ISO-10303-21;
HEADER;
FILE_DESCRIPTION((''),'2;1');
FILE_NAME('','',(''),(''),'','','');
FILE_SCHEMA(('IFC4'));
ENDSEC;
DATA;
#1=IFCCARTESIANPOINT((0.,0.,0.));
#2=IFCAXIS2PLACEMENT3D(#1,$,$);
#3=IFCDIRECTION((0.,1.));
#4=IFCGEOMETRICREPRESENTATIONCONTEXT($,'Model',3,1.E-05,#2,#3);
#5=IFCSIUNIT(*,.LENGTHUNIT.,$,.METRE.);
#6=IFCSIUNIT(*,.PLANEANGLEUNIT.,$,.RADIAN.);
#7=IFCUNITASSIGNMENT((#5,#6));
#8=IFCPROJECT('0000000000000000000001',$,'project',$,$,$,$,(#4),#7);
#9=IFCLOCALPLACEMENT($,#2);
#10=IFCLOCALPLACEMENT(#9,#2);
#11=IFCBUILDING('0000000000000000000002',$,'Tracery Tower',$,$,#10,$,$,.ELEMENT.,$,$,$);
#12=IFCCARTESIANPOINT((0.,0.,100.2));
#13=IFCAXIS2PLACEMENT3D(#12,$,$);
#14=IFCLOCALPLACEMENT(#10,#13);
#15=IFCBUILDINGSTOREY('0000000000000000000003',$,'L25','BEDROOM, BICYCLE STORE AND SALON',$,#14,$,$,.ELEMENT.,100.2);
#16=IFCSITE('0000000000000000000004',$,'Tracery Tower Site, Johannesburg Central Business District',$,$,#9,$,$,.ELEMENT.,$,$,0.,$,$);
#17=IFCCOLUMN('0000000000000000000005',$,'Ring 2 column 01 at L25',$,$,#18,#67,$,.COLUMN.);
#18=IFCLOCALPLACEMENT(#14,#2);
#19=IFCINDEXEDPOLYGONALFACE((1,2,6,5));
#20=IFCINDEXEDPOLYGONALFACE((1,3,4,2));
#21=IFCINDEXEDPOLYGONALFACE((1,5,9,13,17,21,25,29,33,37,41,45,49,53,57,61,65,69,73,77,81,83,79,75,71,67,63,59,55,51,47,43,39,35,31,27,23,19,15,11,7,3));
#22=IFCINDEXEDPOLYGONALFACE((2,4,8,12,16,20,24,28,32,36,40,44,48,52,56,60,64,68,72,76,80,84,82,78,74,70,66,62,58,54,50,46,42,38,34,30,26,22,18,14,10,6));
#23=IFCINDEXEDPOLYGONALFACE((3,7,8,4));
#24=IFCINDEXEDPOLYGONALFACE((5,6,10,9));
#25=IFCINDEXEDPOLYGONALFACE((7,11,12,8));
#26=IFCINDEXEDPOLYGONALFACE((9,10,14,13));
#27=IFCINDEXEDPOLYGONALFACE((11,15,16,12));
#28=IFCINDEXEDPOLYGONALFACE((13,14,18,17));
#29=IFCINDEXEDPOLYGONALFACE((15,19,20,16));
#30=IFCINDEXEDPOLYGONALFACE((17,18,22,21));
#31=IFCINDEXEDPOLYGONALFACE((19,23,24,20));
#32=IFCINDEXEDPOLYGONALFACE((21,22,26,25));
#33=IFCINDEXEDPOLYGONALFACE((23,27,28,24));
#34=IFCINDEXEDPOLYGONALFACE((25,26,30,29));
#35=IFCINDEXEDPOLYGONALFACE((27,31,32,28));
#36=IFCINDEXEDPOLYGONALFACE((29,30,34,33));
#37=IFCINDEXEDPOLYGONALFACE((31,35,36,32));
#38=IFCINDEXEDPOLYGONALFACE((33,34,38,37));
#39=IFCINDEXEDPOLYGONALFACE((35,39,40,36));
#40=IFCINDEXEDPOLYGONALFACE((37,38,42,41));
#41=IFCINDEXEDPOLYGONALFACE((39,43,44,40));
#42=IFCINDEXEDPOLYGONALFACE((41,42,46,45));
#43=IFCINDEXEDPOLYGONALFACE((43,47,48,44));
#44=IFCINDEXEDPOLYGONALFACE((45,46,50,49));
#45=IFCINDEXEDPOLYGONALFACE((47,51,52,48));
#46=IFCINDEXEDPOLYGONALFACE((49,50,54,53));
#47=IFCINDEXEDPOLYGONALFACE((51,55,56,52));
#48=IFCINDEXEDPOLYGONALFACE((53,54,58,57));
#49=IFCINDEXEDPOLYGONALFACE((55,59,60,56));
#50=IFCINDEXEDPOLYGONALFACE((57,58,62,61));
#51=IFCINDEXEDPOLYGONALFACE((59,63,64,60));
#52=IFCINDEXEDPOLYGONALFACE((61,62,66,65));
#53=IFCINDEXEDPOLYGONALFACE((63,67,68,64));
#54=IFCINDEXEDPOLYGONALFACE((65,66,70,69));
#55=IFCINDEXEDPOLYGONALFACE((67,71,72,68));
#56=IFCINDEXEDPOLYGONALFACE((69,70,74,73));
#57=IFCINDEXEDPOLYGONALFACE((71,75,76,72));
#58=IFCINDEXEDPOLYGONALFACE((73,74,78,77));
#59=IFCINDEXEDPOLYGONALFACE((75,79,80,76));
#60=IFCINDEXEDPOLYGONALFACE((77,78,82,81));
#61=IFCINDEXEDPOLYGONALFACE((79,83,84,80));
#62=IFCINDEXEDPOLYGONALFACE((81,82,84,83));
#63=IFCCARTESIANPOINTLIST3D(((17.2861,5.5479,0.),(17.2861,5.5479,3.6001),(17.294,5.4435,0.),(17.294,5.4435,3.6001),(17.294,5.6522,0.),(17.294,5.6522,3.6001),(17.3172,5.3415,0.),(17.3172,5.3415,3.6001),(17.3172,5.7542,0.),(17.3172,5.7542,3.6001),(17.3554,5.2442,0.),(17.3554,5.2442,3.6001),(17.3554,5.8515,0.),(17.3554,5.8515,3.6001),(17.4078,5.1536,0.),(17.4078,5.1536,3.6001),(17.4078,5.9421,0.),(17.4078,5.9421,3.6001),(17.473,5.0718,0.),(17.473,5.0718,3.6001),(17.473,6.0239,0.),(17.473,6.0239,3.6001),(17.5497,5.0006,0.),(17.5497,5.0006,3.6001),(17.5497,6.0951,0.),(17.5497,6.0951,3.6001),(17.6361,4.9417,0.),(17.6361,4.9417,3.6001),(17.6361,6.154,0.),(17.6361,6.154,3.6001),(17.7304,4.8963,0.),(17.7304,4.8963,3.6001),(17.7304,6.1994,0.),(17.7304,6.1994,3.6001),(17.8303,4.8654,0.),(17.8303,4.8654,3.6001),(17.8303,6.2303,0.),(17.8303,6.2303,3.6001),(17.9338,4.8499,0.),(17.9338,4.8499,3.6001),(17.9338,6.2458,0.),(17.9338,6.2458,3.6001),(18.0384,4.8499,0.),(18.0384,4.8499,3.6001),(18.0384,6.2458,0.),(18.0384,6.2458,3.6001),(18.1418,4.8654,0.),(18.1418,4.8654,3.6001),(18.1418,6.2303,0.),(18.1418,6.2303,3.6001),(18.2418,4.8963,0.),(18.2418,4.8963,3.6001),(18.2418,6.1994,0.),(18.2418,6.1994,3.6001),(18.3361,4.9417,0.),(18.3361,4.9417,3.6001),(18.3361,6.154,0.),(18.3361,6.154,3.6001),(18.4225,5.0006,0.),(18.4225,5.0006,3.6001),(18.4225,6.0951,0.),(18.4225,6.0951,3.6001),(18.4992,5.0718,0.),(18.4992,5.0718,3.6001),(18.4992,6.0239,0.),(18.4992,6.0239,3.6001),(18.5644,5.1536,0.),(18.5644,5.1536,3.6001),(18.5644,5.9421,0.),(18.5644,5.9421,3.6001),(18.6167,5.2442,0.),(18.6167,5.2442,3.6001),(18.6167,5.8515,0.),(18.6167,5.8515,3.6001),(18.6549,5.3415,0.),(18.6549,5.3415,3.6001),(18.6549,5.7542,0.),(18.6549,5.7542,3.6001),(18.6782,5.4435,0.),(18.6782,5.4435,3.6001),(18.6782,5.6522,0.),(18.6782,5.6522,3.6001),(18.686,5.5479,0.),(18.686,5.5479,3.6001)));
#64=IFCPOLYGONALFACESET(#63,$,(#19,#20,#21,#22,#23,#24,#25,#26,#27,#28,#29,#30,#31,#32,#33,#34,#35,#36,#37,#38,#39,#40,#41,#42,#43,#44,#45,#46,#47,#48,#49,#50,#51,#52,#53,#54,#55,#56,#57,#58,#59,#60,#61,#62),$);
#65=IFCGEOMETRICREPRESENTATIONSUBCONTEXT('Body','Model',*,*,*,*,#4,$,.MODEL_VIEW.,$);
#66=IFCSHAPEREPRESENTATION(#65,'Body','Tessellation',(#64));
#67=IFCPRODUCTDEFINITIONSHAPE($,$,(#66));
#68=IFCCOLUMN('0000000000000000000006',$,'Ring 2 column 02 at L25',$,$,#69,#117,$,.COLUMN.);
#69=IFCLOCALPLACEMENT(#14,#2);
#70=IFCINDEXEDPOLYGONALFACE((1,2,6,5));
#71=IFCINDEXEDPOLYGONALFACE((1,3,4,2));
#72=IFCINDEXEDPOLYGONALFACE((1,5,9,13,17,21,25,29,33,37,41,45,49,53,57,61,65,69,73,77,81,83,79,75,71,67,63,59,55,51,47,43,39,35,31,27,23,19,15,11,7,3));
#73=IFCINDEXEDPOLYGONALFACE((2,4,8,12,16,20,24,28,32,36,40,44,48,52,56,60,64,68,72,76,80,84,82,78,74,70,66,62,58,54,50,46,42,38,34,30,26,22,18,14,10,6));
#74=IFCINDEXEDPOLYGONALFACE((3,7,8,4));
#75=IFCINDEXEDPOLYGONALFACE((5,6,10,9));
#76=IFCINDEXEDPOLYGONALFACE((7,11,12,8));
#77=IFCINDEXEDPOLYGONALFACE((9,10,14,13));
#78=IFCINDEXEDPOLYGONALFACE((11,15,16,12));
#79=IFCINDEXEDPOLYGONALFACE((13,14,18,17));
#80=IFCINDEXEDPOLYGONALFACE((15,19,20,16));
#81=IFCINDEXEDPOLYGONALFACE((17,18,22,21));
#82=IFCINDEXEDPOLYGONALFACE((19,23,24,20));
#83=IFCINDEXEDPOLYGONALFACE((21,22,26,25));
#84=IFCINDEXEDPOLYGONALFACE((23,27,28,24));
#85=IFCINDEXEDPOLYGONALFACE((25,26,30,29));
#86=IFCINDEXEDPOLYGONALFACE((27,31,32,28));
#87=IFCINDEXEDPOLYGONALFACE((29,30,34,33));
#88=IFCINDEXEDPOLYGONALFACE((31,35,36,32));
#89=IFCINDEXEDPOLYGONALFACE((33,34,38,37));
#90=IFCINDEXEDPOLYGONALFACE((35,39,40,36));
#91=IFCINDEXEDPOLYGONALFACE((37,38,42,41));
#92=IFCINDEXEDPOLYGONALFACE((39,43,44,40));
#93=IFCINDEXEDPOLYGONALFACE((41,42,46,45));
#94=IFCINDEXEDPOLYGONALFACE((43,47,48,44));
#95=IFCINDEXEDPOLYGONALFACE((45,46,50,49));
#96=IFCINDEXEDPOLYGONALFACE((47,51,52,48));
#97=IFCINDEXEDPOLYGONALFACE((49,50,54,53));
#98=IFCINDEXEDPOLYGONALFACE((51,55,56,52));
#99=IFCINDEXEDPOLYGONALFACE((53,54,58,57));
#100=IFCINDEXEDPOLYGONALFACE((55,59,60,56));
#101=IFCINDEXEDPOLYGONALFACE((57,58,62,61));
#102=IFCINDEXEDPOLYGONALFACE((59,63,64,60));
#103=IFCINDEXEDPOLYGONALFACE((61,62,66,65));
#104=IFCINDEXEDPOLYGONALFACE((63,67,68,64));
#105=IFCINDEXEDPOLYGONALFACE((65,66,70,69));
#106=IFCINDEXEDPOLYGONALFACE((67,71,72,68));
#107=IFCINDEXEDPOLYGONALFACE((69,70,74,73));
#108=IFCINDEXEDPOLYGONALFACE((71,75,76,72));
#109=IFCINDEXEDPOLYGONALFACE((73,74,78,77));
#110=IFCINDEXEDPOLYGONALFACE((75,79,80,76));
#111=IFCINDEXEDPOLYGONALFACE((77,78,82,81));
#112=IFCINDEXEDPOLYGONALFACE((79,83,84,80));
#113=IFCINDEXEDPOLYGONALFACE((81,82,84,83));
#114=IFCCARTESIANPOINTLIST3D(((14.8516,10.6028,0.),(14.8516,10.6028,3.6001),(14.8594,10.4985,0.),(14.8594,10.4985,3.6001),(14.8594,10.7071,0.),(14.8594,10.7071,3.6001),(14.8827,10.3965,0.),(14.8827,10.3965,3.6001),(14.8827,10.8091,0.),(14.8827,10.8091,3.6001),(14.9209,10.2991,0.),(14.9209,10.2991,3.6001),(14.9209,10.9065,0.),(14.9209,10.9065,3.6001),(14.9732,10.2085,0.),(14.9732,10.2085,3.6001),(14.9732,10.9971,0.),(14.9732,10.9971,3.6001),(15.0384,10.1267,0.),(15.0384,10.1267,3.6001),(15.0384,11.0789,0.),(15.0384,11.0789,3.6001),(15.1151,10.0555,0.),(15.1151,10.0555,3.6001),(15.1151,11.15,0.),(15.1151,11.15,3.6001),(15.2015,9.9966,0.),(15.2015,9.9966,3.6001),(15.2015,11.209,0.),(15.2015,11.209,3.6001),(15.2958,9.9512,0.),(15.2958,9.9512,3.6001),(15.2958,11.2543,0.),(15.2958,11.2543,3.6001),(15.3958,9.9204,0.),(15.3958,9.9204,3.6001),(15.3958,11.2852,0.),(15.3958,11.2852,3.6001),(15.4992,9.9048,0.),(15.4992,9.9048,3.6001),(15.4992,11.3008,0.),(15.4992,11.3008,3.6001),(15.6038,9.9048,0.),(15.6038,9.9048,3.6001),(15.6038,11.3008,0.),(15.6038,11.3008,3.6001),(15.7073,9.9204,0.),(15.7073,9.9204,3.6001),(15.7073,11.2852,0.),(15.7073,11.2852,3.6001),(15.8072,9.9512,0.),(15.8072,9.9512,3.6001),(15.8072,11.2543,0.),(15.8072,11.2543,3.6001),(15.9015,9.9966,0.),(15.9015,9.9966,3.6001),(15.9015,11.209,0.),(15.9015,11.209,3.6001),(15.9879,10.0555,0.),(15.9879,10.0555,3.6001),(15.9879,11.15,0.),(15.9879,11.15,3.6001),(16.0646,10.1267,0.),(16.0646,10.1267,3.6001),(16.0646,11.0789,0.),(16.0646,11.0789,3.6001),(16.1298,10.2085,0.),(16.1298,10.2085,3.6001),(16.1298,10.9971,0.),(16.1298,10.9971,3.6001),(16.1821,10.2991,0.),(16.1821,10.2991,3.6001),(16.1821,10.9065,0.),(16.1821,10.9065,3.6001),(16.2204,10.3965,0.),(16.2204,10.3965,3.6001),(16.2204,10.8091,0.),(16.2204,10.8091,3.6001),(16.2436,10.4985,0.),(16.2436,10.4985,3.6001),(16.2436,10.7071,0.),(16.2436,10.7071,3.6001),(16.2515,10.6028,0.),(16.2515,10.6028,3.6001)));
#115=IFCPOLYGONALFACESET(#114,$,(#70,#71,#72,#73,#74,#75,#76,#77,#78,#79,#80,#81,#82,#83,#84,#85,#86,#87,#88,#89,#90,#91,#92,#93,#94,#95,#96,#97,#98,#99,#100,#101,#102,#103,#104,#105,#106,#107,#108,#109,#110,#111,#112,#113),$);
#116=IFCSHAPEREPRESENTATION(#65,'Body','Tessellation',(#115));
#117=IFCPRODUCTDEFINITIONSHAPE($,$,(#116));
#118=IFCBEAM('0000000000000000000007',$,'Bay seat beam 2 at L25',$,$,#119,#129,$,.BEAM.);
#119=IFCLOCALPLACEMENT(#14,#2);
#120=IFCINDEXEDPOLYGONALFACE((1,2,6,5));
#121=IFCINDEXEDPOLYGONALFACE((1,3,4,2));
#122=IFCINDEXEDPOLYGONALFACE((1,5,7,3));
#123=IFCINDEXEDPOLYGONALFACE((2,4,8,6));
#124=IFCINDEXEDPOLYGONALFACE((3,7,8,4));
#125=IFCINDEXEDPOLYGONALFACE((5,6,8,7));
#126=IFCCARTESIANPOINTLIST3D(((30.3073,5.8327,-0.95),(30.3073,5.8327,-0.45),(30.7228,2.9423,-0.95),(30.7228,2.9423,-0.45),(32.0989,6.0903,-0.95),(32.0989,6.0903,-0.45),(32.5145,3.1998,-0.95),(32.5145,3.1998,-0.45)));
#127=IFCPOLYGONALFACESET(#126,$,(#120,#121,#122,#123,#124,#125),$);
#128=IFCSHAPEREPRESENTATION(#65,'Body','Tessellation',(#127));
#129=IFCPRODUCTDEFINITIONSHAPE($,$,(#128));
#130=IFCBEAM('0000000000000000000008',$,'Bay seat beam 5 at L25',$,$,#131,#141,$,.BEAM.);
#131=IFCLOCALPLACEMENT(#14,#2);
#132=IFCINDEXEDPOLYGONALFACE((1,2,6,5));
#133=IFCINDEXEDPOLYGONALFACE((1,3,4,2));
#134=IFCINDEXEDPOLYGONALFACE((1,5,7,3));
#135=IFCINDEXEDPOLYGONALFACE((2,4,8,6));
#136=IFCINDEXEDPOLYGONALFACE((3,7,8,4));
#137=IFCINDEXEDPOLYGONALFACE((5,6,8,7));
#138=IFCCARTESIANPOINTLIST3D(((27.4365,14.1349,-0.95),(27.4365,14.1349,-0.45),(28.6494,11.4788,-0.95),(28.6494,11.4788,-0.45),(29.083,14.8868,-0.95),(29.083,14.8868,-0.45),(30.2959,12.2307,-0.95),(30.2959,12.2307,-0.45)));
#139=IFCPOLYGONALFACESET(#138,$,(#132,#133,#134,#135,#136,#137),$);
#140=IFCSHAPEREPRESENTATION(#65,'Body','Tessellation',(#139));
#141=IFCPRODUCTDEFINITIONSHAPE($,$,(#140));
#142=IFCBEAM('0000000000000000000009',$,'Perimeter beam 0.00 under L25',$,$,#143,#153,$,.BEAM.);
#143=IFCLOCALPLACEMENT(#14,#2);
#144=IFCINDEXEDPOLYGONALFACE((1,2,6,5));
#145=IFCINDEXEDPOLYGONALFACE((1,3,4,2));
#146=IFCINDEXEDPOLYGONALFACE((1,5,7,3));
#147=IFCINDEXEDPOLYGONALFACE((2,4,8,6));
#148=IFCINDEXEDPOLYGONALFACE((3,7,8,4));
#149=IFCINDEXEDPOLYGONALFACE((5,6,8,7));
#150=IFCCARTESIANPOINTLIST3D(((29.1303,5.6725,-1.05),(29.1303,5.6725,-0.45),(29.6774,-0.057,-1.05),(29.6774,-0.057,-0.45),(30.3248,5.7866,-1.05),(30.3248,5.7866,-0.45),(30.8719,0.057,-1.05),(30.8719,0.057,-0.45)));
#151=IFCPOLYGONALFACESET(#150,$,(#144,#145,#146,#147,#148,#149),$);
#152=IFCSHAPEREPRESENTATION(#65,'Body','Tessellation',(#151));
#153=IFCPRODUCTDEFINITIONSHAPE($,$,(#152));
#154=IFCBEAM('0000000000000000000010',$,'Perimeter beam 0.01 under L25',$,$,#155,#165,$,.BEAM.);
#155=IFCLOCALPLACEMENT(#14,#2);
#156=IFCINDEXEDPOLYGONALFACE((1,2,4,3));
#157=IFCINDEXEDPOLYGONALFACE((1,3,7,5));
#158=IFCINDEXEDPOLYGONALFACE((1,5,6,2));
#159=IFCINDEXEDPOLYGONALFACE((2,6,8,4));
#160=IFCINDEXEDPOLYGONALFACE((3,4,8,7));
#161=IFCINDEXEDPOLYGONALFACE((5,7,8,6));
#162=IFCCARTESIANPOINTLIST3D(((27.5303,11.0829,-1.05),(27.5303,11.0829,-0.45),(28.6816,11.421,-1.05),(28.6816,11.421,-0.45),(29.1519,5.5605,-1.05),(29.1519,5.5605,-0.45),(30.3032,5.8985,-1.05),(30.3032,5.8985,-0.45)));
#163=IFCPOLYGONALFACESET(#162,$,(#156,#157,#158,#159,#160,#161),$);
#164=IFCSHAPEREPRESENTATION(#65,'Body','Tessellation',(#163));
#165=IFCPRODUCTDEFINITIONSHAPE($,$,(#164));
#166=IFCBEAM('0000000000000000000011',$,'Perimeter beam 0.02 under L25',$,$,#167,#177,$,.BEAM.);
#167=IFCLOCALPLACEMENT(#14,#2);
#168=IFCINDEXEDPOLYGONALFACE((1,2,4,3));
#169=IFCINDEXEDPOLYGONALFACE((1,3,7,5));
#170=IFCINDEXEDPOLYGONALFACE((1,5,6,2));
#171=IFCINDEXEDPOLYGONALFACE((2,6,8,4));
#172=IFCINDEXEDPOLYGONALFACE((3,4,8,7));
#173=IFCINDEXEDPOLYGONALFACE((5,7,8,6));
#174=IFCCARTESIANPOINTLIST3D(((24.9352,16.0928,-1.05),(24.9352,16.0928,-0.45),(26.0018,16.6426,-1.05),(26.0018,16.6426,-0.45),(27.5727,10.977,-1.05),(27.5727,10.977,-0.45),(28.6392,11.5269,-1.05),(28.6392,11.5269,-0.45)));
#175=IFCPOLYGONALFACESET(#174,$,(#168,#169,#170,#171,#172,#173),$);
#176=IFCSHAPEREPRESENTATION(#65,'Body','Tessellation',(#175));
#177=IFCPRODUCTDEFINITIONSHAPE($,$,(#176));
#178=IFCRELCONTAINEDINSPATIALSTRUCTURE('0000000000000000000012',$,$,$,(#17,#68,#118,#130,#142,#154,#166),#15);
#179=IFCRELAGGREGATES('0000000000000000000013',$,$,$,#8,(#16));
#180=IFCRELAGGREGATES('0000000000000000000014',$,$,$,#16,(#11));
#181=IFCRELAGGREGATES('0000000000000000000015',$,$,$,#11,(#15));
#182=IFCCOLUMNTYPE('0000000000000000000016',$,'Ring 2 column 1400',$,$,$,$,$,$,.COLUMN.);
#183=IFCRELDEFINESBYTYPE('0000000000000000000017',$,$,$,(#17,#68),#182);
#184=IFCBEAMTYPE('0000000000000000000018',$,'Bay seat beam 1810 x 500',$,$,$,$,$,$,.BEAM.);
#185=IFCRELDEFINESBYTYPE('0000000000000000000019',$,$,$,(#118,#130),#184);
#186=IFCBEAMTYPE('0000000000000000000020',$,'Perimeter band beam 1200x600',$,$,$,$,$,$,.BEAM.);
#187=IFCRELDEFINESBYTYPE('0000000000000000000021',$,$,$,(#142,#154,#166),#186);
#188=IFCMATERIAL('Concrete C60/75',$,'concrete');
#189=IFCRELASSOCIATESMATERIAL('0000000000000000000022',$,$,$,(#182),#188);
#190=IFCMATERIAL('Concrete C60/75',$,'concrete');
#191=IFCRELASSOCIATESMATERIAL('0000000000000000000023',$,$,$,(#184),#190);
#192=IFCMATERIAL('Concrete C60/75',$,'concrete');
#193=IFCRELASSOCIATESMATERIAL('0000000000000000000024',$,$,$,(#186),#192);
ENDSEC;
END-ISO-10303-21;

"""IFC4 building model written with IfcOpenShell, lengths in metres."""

from ifc_helpers import new_model, si_unit, direction, frame, origin, origin_2d, place, context, subcontext, project, spatial, rectangle, circle, extrude, material, material_profile, profile_set, type_object, element, save


model = new_model("IFC4")

# Units and contexts
model_context = context("Model", 3, precision=1e-05, world=origin(), true_north=direction((0.0, 1.0)))
body_context = subcontext(model_context, "Body", "Model", "MODEL_VIEW")
ifc_project = project(units=[si_unit("LENGTHUNIT", "METRE"), si_unit("PLANEANGLEUNIT", "RADIAN")], contexts=[model_context])

# Site, building, storey
site_placement = place(None, origin())
site = spatial("IfcSite", under=ifc_project, at=site_placement, Name="Tracery Tower Site, Johannesburg Central Business District", CompositionType="ELEMENT", RefElevation=0.0)
building_placement = place(site_placement, origin())
building = spatial("IfcBuilding", under=site, at=building_placement, Name="Tracery Tower", CompositionType="ELEMENT")
storey_placement = place(building_placement, frame((0.0, 0.0, 100.2)))
storey = spatial("IfcBuildingStorey", under=building, at=storey_placement, Name="L25", Description="BEDROOM, BICYCLE STORE AND SALON", CompositionType="ELEMENT", Elevation=100.2)

# Columns
ifc_material_1 = material(Name="Concrete C60/75", Category="concrete")
ifc_material_profile_1 = material_profile(ifc_material_1, circle(Radius=0.7, at=origin_2d()), Name="RC D1400")
ifc_profile_set_1 = profile_set([ifc_material_profile_1], Name="Concrete C60/75")
column_type_1 = type_object("IfcColumnType", Name="Ring 2 column 1400", PredefinedType="COLUMN", material=ifc_profile_set_1)
for number, where, z_axis, x_axis, name in (
    (1, (17.9861, 5.5479, 0.0), (0.0, 0.0, 1.0), (1.0, 0.0, 0.0), "Ring 2 column 01 at L25"),
    (2, (15.5515, 10.6028, 0.0), (0.0, 0.0, 1.0), (1.0, 0.0, 0.0), "Ring 2 column 02 at L25"),
):
    element("IfcColumn", number, at=place(storey_placement, frame(where, z_axis=z_axis, x_axis=x_axis)), inside=storey, type_object=column_type_1, Name=name, PredefinedType="COLUMN", context=body_context, shape_type="SweptSolid", body=[
        extrude(circle(Radius=0.7, at=origin_2d()), origin(), (0.0, 0.0, 1.0), 3.6001),
    ])

# Beams
ifc_material_2 = material(Name="Concrete C60/75", Category="concrete")
ifc_material_profile_2 = material_profile(ifc_material_2, rectangle(XDim=1.8101, YDim=0.5, at=origin_2d()), Name="RC 1810x500")
ifc_profile_set_2 = profile_set([ifc_material_profile_2], Name="Concrete C60/75")
beam_type_1 = type_object("IfcBeamType", Name="Bay seat beam 1810 x 500", PredefinedType="BEAM", material=ifc_profile_set_2)
beam_1_placement = place(storey_placement, frame((31.6187, 3.071, -0.7), z_axis=(-0.142299, 0.989824, 0.0), x_axis=(-0.989824, -0.142299, 0.0)))
element("IfcBeam", 3, at=beam_1_placement, inside=storey, type_object=beam_type_1, Name="Bay seat beam 2 at L25", PredefinedType="BEAM", context=body_context, shape_type="SweptSolid", body=[
    extrude(rectangle(XDim=1.8101, YDim=0.5, at=origin_2d()), origin(), (0.0, 0.0, 1.0), 2.9202),
])
beam_2_placement = place(storey_placement, frame((29.4727, 11.8547, -0.7), z_axis=(-0.415396, 0.909641, 0.0), x_axis=(-0.909641, -0.415396, 0.0)))
element("IfcBeam", 4, at=beam_2_placement, inside=storey, type_object=beam_type_1, Name="Bay seat beam 5 at L25", PredefinedType="BEAM", context=body_context, shape_type="SweptSolid", body=[
    extrude(rectangle(XDim=1.8101, YDim=0.5, at=origin_2d()), origin(), (0.0, 0.0, 1.0), 2.9199),
])
ifc_material_3 = material(Name="Concrete C60/75", Category="concrete")
ifc_material_profile_3 = material_profile(ifc_material_3, rectangle(XDim=1.2, YDim=0.6001, at=origin_2d()), Name="RC 1200x600")
ifc_profile_set_3 = profile_set([ifc_material_profile_3], Name="Concrete C60/75")
beam_type_2 = type_object("IfcBeamType", Name="Perimeter band beam 1200x600", PredefinedType="BEAM", material=ifc_profile_set_3)
for number, where, z_axis, x_axis, name in (
    (5, (30.2747, 0.0, -0.75), (-0.095059, 0.995472, 0.0), (-0.995472, -0.095059, 0.0), "Perimeter beam 0.00 under L25"),
    (6, (29.7275, 5.7295, -0.75), (-0.281739, 0.959491, 0.0), (-0.959491, -0.281739, 0.0), "Perimeter beam 0.01 under L25"),
    (7, (28.106, 11.252, -0.75), (-0.458242, 0.888827, 0.0), (-0.888827, -0.458242, 0.0), "Perimeter beam 0.02 under L25"),
):
    element("IfcBeam", number, at=place(storey_placement, frame(where, z_axis=z_axis, x_axis=x_axis)), inside=storey, type_object=beam_type_2, Name=name, PredefinedType="BEAM", context=body_context, shape_type="SweptSolid", body=[
        extrude(rectangle(XDim=1.2, YDim=0.6001, at=origin_2d()), origin(), (0.0, 0.0, 1.0), 5.7556),
    ])

save(model, "model.ifc")
